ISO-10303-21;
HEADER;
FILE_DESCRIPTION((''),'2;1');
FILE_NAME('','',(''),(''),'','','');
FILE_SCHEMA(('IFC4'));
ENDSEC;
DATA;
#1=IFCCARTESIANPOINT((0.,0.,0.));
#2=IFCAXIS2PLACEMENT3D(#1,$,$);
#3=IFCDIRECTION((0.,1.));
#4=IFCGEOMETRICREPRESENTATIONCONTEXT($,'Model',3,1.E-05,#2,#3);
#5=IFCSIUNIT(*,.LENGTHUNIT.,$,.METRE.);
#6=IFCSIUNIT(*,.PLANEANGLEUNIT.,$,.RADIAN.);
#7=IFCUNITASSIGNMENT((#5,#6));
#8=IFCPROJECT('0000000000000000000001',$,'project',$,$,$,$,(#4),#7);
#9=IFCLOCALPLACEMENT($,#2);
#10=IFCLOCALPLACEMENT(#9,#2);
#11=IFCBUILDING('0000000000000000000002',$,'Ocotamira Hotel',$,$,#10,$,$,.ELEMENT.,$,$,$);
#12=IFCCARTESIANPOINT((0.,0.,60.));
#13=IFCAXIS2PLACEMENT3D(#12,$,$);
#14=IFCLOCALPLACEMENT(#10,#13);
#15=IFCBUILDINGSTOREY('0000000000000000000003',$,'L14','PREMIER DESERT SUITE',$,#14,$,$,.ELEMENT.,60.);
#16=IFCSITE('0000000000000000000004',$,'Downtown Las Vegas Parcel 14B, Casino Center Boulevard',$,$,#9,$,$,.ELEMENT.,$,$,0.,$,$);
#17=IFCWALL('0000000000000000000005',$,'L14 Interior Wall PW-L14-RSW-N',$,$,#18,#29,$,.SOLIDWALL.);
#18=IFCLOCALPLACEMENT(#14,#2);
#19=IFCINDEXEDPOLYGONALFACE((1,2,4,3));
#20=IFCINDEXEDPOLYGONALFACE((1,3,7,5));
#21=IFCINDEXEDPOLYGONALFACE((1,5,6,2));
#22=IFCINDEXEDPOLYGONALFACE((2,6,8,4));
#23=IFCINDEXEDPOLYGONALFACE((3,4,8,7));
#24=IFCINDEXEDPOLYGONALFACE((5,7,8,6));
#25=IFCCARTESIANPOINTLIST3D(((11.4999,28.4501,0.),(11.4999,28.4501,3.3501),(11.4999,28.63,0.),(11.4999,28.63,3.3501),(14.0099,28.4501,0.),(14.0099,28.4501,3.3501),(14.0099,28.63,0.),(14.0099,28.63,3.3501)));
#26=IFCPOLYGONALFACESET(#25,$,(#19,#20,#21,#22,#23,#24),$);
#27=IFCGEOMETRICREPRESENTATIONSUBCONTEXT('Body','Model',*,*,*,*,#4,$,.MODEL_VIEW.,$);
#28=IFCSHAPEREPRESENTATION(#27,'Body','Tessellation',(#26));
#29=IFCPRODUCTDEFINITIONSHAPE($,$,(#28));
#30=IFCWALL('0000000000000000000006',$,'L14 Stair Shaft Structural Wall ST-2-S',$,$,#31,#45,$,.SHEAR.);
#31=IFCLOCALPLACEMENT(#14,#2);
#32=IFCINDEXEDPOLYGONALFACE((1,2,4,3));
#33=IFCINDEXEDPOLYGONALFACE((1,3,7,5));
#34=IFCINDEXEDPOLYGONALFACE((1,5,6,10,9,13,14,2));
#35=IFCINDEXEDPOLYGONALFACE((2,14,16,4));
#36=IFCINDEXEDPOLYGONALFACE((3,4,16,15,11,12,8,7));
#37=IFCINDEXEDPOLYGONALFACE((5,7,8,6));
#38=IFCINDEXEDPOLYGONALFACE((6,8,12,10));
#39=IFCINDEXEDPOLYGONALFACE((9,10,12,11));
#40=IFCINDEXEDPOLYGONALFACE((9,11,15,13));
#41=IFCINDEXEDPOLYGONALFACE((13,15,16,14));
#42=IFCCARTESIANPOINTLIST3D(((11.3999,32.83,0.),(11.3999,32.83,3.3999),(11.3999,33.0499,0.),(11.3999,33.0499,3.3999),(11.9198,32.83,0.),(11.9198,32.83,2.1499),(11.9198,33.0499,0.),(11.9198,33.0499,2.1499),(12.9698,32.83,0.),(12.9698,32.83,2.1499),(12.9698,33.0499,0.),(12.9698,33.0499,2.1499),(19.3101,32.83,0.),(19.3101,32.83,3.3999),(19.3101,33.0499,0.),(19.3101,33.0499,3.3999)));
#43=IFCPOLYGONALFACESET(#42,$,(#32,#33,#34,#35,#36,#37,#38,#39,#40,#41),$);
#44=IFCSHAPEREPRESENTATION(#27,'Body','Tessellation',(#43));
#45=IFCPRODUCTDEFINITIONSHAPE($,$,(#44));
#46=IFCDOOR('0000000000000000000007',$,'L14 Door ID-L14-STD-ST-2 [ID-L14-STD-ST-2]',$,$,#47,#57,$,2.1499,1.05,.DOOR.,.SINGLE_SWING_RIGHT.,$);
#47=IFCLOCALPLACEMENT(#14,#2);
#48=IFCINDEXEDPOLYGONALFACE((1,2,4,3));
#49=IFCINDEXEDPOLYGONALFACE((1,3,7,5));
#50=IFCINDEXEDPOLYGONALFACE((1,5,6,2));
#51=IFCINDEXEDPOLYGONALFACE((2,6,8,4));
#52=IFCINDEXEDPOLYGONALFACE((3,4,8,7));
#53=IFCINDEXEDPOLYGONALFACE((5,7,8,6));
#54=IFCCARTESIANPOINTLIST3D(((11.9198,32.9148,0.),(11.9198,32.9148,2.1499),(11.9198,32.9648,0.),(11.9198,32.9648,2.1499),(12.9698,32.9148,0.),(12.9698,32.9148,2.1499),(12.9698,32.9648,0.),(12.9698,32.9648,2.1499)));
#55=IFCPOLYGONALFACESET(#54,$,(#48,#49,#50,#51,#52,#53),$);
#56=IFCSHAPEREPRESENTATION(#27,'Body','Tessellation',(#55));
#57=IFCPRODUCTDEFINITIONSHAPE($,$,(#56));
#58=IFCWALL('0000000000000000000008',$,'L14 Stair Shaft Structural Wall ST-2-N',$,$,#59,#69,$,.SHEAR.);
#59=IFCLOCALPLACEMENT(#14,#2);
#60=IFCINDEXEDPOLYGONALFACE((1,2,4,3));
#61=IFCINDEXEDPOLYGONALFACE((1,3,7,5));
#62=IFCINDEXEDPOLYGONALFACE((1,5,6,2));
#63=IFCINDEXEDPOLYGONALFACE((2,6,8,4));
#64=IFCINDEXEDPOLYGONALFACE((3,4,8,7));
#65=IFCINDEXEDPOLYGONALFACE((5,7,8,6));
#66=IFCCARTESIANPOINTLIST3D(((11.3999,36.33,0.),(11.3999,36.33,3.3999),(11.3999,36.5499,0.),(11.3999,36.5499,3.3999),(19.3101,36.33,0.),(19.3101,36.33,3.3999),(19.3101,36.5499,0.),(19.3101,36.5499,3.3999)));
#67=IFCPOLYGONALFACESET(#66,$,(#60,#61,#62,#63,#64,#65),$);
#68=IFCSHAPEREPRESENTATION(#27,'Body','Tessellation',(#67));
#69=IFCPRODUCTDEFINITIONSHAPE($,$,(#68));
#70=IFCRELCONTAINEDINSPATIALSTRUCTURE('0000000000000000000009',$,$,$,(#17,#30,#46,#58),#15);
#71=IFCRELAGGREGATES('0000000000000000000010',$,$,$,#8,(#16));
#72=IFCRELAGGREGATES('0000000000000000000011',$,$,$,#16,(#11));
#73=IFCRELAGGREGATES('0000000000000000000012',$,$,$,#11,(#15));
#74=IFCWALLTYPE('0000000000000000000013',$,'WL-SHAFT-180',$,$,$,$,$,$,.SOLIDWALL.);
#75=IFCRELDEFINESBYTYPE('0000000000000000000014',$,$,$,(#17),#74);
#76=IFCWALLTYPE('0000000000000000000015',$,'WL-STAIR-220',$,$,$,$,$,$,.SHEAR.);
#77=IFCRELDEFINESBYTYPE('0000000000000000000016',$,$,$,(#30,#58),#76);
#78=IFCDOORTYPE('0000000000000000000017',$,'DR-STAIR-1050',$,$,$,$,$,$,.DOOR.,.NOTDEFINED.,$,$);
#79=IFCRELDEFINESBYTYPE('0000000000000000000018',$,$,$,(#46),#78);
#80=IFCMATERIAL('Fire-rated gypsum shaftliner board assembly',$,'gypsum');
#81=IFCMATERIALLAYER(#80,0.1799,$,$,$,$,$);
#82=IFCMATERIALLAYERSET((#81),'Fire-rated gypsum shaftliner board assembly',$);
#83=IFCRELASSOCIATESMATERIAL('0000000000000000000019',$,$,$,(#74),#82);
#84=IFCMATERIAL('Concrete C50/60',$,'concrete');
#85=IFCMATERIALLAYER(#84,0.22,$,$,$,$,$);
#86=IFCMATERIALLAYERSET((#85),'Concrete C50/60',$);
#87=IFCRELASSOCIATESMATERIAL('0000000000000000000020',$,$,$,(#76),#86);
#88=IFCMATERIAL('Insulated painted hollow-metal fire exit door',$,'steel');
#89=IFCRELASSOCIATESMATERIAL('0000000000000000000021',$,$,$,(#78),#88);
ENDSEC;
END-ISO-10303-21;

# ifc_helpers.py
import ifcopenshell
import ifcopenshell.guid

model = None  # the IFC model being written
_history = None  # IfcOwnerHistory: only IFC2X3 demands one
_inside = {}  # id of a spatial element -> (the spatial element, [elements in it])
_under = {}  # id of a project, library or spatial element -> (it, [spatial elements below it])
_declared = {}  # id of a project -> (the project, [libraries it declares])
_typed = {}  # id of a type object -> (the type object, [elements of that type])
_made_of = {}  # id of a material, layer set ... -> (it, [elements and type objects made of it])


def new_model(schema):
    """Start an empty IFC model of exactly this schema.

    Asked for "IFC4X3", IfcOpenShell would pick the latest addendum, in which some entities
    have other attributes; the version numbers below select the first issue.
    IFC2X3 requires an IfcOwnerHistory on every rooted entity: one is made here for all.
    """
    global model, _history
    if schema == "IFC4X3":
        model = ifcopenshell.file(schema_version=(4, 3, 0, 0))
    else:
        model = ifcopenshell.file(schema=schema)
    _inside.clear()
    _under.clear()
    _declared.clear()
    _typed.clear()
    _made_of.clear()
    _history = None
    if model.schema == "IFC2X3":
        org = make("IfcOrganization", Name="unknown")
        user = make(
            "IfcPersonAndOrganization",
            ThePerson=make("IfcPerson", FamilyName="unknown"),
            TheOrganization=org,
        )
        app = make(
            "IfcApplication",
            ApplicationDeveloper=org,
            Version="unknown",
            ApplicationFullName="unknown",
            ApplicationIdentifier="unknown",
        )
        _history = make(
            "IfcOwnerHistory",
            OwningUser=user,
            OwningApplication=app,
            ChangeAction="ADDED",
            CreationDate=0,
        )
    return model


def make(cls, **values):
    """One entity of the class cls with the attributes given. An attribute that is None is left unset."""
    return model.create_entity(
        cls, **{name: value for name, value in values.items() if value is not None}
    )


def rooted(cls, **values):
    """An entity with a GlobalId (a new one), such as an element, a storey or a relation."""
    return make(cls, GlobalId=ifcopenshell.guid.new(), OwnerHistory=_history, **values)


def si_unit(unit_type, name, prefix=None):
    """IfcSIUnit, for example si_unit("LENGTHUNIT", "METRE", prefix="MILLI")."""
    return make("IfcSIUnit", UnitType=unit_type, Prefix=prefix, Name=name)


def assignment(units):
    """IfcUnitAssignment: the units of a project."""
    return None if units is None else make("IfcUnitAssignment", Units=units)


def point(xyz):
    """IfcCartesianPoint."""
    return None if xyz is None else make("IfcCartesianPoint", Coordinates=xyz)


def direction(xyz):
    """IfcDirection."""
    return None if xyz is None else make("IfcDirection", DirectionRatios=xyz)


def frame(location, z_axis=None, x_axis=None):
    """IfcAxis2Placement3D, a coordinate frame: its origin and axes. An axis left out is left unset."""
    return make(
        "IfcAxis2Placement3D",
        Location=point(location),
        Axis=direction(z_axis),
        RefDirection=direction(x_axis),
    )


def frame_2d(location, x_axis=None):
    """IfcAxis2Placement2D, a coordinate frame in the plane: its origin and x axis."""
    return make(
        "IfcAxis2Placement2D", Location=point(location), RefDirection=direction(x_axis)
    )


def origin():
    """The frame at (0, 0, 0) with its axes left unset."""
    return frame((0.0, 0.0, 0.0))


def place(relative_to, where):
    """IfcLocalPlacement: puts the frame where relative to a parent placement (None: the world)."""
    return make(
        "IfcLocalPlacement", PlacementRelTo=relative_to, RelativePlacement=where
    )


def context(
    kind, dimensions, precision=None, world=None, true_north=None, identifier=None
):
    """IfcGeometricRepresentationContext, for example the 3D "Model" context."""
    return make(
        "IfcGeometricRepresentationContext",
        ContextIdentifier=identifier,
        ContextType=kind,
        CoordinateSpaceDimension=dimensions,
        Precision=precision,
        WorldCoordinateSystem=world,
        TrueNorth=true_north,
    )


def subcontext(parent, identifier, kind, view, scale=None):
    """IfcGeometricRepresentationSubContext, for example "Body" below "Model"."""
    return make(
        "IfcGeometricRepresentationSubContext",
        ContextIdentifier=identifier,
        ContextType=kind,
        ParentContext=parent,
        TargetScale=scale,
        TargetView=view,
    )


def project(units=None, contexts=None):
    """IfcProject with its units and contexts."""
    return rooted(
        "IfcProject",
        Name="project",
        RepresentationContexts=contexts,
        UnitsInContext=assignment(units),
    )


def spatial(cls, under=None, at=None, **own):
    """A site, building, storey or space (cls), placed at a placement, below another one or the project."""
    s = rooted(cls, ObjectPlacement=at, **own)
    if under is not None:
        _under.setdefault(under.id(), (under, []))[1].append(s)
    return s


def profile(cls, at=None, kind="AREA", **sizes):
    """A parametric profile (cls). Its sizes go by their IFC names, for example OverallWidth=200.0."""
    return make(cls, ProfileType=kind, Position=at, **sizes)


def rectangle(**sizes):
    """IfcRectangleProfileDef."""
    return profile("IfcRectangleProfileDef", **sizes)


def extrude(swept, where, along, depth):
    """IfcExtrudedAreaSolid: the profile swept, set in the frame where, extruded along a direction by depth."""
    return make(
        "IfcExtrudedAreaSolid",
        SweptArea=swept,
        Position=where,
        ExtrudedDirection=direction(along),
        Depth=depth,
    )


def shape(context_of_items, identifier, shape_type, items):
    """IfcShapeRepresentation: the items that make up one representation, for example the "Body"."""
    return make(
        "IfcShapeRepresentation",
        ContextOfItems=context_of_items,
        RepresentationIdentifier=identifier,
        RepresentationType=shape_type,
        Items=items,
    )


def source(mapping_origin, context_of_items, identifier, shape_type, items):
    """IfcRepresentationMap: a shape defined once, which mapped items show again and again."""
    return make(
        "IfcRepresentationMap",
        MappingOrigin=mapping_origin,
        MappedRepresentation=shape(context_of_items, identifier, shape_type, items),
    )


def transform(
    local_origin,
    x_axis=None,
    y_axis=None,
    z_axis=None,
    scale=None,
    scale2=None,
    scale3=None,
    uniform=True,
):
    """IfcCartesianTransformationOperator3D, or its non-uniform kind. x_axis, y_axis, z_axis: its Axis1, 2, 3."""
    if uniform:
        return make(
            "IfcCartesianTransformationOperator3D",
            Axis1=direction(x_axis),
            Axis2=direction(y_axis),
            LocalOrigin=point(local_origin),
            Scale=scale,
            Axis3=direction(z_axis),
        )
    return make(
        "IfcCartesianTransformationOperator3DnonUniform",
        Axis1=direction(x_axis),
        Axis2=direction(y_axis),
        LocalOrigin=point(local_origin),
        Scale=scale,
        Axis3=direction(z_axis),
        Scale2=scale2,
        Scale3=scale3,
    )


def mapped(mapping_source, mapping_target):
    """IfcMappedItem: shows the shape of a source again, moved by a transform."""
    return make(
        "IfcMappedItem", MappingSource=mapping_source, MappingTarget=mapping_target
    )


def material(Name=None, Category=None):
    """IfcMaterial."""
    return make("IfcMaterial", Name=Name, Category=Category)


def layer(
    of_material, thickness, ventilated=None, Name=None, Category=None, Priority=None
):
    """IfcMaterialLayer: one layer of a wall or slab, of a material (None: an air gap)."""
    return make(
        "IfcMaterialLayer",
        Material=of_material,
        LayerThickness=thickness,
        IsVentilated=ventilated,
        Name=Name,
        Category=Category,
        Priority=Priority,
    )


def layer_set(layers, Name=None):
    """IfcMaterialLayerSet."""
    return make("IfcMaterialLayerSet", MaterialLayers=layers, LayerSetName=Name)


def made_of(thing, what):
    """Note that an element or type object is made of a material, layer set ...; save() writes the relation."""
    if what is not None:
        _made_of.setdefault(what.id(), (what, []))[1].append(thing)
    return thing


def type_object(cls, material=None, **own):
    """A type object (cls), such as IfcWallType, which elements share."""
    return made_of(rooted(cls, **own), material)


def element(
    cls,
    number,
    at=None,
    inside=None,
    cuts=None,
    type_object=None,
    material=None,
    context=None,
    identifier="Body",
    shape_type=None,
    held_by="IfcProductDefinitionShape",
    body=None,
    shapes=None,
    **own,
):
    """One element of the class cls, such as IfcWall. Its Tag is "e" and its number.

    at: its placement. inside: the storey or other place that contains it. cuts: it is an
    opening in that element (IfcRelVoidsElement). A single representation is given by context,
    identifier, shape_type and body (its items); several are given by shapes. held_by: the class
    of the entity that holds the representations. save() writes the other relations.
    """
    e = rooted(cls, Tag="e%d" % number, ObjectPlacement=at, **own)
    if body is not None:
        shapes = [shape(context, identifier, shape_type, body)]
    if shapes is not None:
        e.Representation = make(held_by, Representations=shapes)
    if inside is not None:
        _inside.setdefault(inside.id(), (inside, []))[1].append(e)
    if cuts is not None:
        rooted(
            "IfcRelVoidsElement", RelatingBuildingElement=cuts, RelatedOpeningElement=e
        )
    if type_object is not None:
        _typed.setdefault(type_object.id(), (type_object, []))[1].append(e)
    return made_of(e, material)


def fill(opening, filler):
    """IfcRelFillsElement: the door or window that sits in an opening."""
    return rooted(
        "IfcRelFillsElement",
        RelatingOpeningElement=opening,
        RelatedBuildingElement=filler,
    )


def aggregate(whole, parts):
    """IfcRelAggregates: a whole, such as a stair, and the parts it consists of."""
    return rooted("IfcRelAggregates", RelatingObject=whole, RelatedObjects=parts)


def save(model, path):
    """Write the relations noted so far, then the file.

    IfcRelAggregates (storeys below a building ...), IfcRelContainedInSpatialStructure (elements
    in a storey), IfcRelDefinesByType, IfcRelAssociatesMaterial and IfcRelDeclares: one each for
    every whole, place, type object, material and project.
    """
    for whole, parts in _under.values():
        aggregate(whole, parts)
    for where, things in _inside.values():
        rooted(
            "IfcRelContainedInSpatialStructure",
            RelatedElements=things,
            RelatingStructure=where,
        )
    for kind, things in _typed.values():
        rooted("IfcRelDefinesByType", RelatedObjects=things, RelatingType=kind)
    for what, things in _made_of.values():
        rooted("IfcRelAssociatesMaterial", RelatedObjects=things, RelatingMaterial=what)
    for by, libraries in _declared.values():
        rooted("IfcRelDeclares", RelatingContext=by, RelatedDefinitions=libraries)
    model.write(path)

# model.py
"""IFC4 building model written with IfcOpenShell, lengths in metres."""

from ifc_helpers import new_model, si_unit, direction, frame, frame_2d, origin, place, context, subcontext, project, spatial, rectangle, extrude, source, transform, mapped, material, layer, layer_set, type_object, element, fill, save


model = new_model("IFC4")

# Units and contexts
model_context = context("Model", 3, precision=1e-05, world=origin(), true_north=direction((0.0, 1.0)))
body_context = subcontext(model_context, "Body", "Model", "MODEL_VIEW")
ifc_project = project(units=[si_unit("LENGTHUNIT", "METRE"), si_unit("PLANEANGLEUNIT", "RADIAN")], contexts=[model_context])

# Site, building, storey
site_placement = place(None, origin())
site = spatial("IfcSite", under=ifc_project, at=site_placement, Name="Downtown Las Vegas Parcel 14B, Casino Center Boulevard", CompositionType="ELEMENT", RefElevation=0.0)
building_placement = place(site_placement, origin())
building = spatial("IfcBuilding", under=site, at=building_placement, Name="Ocotamira Hotel", CompositionType="ELEMENT")
storey_placement = place(building_placement, frame((0.0, 0.0, 60.0)))
storey = spatial("IfcBuildingStorey", under=building, at=storey_placement, Name="L14", Description="PREMIER DESERT SUITE", CompositionType="ELEMENT", Elevation=60.0)

# Wall
ifc_material_1 = material(Name="Fire-rated gypsum shaftliner board assembly", Category="gypsum")
ifc_layer_1 = layer(ifc_material_1, 0.1799)
ifc_layer_set_1 = layer_set([ifc_layer_1], Name="Fire-rated gypsum shaftliner board assembly")
wall_type_1 = type_object("IfcWallType", Name="WL-SHAFT-180", PredefinedType="SOLIDWALL", material=ifc_layer_set_1)
for number, where, z_axis, x_axis, name in (
    (1, (11.5, 28.54, 0.0), (0.0, 0.0, 1.0), (1.0, 0.0, 0.0), "L14 Interior Wall PW-L14-RSW-N"),
):
    element("IfcWall", number, at=place(storey_placement, frame(where, z_axis=z_axis, x_axis=x_axis)), inside=storey, type_object=wall_type_1, Name=name, PredefinedType="SOLIDWALL", context=body_context, shape_type="SweptSolid", body=[
        extrude(rectangle(XDim=2.51, YDim=0.1799, at=frame_2d((1.2549, 0.0))), origin(), (0.0, 0.0, 1.0), 3.3501),
    ])

# Wall, opening, door
ifc_material_2 = material(Name="Concrete C50/60", Category="concrete")
ifc_layer_2 = layer(ifc_material_2, 0.22)
ifc_layer_set_2 = layer_set([ifc_layer_2], Name="Concrete C50/60")
wall_type_2 = type_object("IfcWallType", Name="WL-STAIR-220", PredefinedType="SHEAR", material=ifc_layer_set_2)
wall_1_placement = place(storey_placement, frame((11.3999, 32.9399, 0.0), z_axis=(0.0, 0.0, 1.0), x_axis=(1.0, 0.0, 0.0)))
wall_1 = element("IfcWall", 2, at=wall_1_placement, inside=storey, type_object=wall_type_2, Name="L14 Stair Shaft Structural Wall ST-2-S", PredefinedType="SHEAR", context=body_context, shape_type="SweptSolid", body=[
    extrude(rectangle(XDim=7.9102, YDim=0.22, at=frame_2d((3.9551, 0.0))), origin(), (0.0, 0.0, 1.0), 3.3999),
])
opening_placement = place(wall_1_placement, frame((0.52, 0.0, 0.0)))
opening = element("IfcOpeningElement", 3, at=opening_placement, cuts=wall_1, PredefinedType="OPENING", context=body_context, shape_type="SweptSolid", body=[
    extrude(rectangle(XDim=1.05, YDim=2.1499, at=frame_2d((0.5249, 1.075))), frame((0.0, 0.1201, 0.0), z_axis=(0.0, -1.0, 0.0), x_axis=(1.0, 0.0, 0.0)), (0.0, 0.0, 1.0), 0.24),
])
ifc_material_3 = material(Name="Insulated painted hollow-metal fire exit door", Category="steel")
door_type = type_object("IfcDoorType", Name="DR-STAIR-1050", OperationType="NOTDEFINED", PredefinedType="DOOR", material=ifc_material_3)
shared_shape_1 = source(origin(), body_context, "Body", "SweptSolid", [
    extrude(rectangle(XDim=1.05, YDim=2.1499, at=frame_2d((0.5249, 1.075))), frame((0.0, 0.0249, 0.0), z_axis=(0.0, -1.0, 0.0), x_axis=(1.0, 0.0, 0.0)), (0.0, 0.0, 1.0), 0.05),
])
door_placement = place(opening_placement, origin())
door = element("IfcDoor", 4, at=door_placement, inside=storey, type_object=door_type, Name="L14 Door ID-L14-STD-ST-2 [ID-L14-STD-ST-2]", OperationType="SINGLE_SWING_RIGHT", OverallHeight=2.1499, OverallWidth=1.05, PredefinedType="DOOR", context=body_context, shape_type="MappedRepresentation", body=[
    mapped(shared_shape_1, transform((0.0, 0.0, 0.0), scale=1.0)),
])
fill(opening, door)

# Wall
wall_2_placement = place(storey_placement, frame((11.3999, 36.4399, 0.0), z_axis=(0.0, 0.0, 1.0), x_axis=(1.0, 0.0, 0.0)))
element("IfcWall", 5, at=wall_2_placement, inside=storey, type_object=wall_type_2, Name="L14 Stair Shaft Structural Wall ST-2-N", PredefinedType="SHEAR", context=body_context, shape_type="SweptSolid", body=[
    extrude(rectangle(XDim=7.9102, YDim=0.22, at=frame_2d((3.9551, 0.0))), origin(), (0.0, 0.0, 1.0), 3.3999),
])

save(model, "model.ifc")
